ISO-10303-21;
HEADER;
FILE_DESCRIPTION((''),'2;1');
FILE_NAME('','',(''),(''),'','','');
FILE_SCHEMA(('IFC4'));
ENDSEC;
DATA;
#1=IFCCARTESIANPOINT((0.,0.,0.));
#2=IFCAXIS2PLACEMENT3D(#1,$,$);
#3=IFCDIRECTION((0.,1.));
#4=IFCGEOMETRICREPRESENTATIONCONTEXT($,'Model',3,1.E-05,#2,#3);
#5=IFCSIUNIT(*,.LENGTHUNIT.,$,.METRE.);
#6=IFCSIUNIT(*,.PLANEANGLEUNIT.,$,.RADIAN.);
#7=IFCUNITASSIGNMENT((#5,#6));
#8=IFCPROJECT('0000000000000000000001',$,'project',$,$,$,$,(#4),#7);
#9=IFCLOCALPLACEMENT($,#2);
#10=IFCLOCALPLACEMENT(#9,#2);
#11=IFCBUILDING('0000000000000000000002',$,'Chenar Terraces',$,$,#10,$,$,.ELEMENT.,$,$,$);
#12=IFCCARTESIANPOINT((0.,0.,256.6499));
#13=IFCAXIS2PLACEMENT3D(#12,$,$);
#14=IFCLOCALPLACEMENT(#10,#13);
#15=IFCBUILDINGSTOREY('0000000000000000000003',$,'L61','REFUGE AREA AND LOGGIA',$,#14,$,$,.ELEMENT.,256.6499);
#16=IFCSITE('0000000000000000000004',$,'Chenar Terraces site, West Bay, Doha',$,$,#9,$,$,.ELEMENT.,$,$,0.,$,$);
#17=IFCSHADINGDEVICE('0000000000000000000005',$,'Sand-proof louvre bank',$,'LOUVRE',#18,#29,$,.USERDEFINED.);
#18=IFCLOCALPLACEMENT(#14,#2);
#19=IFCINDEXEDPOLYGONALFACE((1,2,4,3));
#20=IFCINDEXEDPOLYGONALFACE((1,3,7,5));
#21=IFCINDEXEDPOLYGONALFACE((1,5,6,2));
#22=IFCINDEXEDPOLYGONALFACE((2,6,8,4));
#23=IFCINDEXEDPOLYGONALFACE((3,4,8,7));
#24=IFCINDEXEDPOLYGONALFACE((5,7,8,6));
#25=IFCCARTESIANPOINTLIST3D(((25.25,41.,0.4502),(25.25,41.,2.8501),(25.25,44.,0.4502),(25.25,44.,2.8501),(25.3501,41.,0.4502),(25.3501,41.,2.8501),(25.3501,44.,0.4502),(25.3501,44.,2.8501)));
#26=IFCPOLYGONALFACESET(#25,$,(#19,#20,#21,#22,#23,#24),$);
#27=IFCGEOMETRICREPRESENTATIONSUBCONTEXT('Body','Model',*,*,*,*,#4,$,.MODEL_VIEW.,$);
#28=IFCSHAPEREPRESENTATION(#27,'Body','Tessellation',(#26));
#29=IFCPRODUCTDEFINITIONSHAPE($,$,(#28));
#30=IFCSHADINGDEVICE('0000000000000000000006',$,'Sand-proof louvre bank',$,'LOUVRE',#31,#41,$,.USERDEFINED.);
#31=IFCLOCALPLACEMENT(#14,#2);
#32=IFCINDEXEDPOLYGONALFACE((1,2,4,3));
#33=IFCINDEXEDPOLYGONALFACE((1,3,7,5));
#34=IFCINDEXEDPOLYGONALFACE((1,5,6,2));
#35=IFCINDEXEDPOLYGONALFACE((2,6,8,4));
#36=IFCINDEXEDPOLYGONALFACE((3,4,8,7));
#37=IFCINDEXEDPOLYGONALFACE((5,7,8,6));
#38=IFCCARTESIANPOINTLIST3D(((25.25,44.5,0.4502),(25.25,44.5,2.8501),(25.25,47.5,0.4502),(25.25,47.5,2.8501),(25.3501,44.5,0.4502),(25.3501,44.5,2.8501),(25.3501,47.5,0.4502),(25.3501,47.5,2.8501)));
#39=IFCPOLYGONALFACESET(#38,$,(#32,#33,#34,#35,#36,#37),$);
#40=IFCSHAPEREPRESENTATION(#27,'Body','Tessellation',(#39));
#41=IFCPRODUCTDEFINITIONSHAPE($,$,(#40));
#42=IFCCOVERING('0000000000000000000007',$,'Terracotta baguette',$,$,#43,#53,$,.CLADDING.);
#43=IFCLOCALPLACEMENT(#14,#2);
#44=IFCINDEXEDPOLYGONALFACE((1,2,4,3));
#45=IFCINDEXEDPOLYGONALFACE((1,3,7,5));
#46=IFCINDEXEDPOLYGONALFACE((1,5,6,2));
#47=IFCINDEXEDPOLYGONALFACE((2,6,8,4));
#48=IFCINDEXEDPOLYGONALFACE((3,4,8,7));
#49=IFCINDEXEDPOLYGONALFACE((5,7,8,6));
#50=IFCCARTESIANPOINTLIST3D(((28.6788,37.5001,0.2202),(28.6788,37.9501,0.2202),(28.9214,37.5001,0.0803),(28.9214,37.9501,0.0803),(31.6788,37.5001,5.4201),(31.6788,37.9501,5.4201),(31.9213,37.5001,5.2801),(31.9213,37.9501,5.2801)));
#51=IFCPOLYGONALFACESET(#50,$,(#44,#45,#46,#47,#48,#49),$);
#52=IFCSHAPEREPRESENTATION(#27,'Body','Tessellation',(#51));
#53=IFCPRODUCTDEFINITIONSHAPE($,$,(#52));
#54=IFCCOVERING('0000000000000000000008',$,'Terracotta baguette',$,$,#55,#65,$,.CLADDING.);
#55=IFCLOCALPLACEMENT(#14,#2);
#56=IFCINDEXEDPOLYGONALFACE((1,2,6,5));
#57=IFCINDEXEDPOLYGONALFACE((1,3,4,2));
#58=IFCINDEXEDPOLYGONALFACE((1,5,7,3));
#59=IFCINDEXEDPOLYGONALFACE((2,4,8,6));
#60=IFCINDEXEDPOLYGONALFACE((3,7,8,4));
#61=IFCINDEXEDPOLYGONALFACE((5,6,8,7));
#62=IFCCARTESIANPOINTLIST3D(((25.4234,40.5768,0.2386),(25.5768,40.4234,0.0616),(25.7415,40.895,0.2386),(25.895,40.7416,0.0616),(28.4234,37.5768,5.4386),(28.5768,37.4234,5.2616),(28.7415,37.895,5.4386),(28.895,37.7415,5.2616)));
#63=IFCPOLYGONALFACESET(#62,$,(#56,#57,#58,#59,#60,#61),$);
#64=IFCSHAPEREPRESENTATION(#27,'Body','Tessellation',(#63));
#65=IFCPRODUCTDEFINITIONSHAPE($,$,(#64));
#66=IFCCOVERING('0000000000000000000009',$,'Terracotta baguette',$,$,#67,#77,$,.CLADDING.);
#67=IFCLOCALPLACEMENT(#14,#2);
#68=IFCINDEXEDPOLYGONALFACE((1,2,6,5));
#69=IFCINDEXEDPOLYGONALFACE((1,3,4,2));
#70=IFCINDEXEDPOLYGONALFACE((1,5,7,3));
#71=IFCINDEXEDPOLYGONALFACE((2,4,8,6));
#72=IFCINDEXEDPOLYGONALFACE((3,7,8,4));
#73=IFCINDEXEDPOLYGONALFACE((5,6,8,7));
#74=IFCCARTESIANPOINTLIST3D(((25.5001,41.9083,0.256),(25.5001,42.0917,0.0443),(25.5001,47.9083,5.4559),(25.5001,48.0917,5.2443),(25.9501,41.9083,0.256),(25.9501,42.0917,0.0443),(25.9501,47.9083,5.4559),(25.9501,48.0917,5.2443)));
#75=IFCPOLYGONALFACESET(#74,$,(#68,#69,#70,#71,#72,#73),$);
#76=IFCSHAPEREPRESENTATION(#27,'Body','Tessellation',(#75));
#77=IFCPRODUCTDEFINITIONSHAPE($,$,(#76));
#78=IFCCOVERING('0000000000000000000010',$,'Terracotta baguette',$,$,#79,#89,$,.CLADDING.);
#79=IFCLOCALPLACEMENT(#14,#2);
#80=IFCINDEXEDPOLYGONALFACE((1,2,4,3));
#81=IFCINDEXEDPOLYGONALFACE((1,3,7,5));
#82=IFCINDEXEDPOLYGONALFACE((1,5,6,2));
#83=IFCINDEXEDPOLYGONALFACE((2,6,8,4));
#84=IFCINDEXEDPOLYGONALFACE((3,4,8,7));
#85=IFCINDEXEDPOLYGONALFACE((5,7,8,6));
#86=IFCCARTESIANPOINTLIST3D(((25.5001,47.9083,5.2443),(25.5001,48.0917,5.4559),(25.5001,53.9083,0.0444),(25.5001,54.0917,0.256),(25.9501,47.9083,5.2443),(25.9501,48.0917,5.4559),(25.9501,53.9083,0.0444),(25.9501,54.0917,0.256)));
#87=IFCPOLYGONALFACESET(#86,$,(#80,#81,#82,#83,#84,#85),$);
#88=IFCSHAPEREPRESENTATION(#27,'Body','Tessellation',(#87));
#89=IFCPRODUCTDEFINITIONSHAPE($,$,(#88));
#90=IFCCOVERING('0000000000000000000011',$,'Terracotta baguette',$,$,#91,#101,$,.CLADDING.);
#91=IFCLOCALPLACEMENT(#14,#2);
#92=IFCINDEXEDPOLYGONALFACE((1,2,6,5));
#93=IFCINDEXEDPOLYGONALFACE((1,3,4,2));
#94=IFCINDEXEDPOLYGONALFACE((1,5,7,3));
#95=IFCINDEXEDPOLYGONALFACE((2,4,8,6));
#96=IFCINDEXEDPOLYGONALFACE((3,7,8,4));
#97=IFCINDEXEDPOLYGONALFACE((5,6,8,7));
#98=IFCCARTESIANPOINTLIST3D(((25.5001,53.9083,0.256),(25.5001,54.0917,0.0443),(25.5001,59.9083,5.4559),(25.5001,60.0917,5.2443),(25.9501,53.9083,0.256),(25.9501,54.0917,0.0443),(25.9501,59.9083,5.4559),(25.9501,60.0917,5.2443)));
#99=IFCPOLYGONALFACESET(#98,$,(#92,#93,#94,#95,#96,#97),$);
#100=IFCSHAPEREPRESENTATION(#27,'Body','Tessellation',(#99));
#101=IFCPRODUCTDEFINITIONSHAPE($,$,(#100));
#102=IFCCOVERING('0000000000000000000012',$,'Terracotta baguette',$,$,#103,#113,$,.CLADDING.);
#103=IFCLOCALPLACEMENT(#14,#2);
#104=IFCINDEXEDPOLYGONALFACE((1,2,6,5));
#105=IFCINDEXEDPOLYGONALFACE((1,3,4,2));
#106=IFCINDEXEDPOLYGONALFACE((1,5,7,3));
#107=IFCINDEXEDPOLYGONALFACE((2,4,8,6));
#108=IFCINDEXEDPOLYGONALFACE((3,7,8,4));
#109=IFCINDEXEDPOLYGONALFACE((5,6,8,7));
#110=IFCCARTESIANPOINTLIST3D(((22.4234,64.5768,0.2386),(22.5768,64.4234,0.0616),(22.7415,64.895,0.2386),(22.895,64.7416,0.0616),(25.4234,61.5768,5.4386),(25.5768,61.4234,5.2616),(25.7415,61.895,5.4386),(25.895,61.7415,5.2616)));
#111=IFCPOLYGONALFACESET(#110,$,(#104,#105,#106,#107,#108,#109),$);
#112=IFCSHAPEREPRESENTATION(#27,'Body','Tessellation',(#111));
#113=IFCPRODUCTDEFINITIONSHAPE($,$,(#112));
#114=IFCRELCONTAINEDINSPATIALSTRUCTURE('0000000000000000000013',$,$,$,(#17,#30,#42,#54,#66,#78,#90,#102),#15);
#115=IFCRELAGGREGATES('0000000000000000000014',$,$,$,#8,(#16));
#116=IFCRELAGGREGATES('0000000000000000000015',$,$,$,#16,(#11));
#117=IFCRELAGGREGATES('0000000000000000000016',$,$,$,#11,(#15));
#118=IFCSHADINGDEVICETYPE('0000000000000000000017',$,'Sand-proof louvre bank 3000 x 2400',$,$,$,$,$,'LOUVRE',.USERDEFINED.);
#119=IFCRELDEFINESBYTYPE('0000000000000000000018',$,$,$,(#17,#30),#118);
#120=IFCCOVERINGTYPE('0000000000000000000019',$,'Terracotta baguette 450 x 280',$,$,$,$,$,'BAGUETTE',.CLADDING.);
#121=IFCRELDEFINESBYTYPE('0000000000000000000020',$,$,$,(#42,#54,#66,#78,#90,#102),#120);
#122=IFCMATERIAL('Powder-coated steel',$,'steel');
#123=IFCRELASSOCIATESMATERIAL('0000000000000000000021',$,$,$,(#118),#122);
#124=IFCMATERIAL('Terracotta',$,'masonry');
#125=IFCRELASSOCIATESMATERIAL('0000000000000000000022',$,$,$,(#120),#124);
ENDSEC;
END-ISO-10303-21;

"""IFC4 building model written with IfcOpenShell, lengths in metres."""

from ifc_helpers import new_model, si_unit, direction, frame, origin, origin_2d, place, context, subcontext, project, spatial, rectangle, extrude, material, material_profile, profile_set, type_object, element, save


model = new_model("IFC4")

# Units and contexts
model_context = context("Model", 3, precision=1e-05, world=origin(), true_north=direction((0.0, 1.0)))
body_context = subcontext(model_context, "Body", "Model", "MODEL_VIEW")
ifc_project = project(units=[si_unit("LENGTHUNIT", "METRE"), si_unit("PLANEANGLEUNIT", "RADIAN")], contexts=[model_context])

# Site, building, storey
site_placement = place(None, origin())
site = spatial("IfcSite", under=ifc_project, at=site_placement, Name="Chenar Terraces site, West Bay, Doha", CompositionType="ELEMENT", RefElevation=0.0)
building_placement = place(site_placement, origin())
building = spatial("IfcBuilding", under=site, at=building_placement, Name="Chenar Terraces", CompositionType="ELEMENT")
storey_placement = place(building_placement, frame((0.0, 0.0, 256.6499)))
storey = spatial("IfcBuildingStorey", under=building, at=storey_placement, Name="L61", Description="REFUGE AREA AND LOGGIA", CompositionType="ELEMENT", Elevation=256.6499)

# Shading devices
ifc_material_1 = material(Name="Powder-coated steel", Category="steel")
shading_device_type = type_object("IfcShadingDeviceType", Name="Sand-proof louvre bank 3000 x 2400", ElementType="LOUVRE", PredefinedType="USERDEFINED", material=ifc_material_1)
for number, where, z_axis, x_axis, name in (
    (1, (25.3, 42.5, 0.4502), (0.0, 0.0, 1.0), (0.0, 1.0, 0.0), "Sand-proof louvre bank"),
    (2, (25.3, 46.0, 0.4502), (0.0, 0.0, 1.0), (0.0, 1.0, 0.0), "Sand-proof louvre bank"),
):
    element("IfcShadingDevice", number, at=place(storey_placement, frame(where, z_axis=z_axis, x_axis=x_axis)), inside=storey, type_object=shading_device_type, Name=name, ObjectType="LOUVRE", PredefinedType="USERDEFINED", context=body_context, shape_type="SweptSolid", body=[
        extrude(rectangle(XDim=3.0, YDim=0.1001, at=origin_2d()), origin(), (0.0, 0.0, 1.0), 2.3999),
    ])

# Coverings
ifc_material_2 = material(Name="Terracotta", Category="masonry")
ifc_material_profile_1 = material_profile(ifc_material_2, rectangle(XDim=0.45, YDim=0.28, at=origin_2d()), Name="Terracotta baguette 450 x 280")
ifc_profile_set_1 = profile_set([ifc_material_profile_1], Name="Terracotta")
covering_type = type_object("IfcCoveringType", Name="Terracotta baguette 450 x 280", ElementType="BAGUETTE", PredefinedType="CLADDING", material=ifc_profile_set_1)
covering_1_placement = place(storey_placement, frame((31.8, 37.7251, 5.3501), z_axis=(-0.499726, 0.0, -0.866184), x_axis=(0.0, -1.0, 0.0)))
element("IfcCovering", 3, at=covering_1_placement, inside=storey, type_object=covering_type, Name="Terracotta baguette", PredefinedType="CLADDING", context=body_context, shape_type="SweptSolid", body=[
    extrude(rectangle(XDim=0.45, YDim=0.28, at=origin_2d()), origin(), (0.0, 0.0, 1.0), 6.0032),
])
covering_2_placement = place(storey_placement, frame((28.6592, 37.6592, 5.3501), z_axis=(-0.447017, 0.447017, -0.774823), x_axis=(-0.707107, -0.707107, 0.0)))
element("IfcCovering", 4, at=covering_2_placement, inside=storey, type_object=covering_type, Name="Terracotta baguette", PredefinedType="CLADDING", context=body_context, shape_type="SweptSolid", body=[
    extrude(rectangle(XDim=0.45, YDim=0.28, at=origin_2d()), origin(), (0.0, 0.0, 1.0), 6.7112),
])
for number, where, z_axis, x_axis, name in (
    (5, (25.7251, 42.0, 0.1501), (0.0, 0.755692, 0.654927), (-1.0, 0.0, 0.0), "Terracotta baguette"),
    (6, (25.7251, 48.0, 5.3501), (0.0, 0.755692, -0.654927), (-1.0, 0.0, 0.0), "Terracotta baguette"),
    (7, (25.7251, 54.0, 0.1501), (0.0, 0.755692, 0.654927), (-1.0, 0.0, 0.0), "Terracotta baguette"),
):
    element("IfcCovering", number, at=place(storey_placement, frame(where, z_axis=z_axis, x_axis=x_axis)), inside=storey, type_object=covering_type, Name=name, PredefinedType="CLADDING", context=body_context, shape_type="SweptSolid", body=[
        extrude(rectangle(XDim=0.45, YDim=0.28, at=origin_2d()), origin(), (0.0, 0.0, 1.0), 7.9397),
    ])
covering_3_placement = place(storey_placement, frame((25.6592, 61.6592, 5.3501), z_axis=(-0.447017, 0.447017, -0.774823), x_axis=(-0.707107, -0.707107, 0.0)))
element("IfcCovering", 8, at=covering_3_placement, inside=storey, type_object=covering_type, Name="Terracotta baguette", PredefinedType="CLADDING", context=body_context, shape_type="SweptSolid", body=[
    extrude(rectangle(XDim=0.45, YDim=0.28, at=origin_2d()), origin(), (0.0, 0.0, 1.0), 6.7112),
])

save(model, "model.ifc")
